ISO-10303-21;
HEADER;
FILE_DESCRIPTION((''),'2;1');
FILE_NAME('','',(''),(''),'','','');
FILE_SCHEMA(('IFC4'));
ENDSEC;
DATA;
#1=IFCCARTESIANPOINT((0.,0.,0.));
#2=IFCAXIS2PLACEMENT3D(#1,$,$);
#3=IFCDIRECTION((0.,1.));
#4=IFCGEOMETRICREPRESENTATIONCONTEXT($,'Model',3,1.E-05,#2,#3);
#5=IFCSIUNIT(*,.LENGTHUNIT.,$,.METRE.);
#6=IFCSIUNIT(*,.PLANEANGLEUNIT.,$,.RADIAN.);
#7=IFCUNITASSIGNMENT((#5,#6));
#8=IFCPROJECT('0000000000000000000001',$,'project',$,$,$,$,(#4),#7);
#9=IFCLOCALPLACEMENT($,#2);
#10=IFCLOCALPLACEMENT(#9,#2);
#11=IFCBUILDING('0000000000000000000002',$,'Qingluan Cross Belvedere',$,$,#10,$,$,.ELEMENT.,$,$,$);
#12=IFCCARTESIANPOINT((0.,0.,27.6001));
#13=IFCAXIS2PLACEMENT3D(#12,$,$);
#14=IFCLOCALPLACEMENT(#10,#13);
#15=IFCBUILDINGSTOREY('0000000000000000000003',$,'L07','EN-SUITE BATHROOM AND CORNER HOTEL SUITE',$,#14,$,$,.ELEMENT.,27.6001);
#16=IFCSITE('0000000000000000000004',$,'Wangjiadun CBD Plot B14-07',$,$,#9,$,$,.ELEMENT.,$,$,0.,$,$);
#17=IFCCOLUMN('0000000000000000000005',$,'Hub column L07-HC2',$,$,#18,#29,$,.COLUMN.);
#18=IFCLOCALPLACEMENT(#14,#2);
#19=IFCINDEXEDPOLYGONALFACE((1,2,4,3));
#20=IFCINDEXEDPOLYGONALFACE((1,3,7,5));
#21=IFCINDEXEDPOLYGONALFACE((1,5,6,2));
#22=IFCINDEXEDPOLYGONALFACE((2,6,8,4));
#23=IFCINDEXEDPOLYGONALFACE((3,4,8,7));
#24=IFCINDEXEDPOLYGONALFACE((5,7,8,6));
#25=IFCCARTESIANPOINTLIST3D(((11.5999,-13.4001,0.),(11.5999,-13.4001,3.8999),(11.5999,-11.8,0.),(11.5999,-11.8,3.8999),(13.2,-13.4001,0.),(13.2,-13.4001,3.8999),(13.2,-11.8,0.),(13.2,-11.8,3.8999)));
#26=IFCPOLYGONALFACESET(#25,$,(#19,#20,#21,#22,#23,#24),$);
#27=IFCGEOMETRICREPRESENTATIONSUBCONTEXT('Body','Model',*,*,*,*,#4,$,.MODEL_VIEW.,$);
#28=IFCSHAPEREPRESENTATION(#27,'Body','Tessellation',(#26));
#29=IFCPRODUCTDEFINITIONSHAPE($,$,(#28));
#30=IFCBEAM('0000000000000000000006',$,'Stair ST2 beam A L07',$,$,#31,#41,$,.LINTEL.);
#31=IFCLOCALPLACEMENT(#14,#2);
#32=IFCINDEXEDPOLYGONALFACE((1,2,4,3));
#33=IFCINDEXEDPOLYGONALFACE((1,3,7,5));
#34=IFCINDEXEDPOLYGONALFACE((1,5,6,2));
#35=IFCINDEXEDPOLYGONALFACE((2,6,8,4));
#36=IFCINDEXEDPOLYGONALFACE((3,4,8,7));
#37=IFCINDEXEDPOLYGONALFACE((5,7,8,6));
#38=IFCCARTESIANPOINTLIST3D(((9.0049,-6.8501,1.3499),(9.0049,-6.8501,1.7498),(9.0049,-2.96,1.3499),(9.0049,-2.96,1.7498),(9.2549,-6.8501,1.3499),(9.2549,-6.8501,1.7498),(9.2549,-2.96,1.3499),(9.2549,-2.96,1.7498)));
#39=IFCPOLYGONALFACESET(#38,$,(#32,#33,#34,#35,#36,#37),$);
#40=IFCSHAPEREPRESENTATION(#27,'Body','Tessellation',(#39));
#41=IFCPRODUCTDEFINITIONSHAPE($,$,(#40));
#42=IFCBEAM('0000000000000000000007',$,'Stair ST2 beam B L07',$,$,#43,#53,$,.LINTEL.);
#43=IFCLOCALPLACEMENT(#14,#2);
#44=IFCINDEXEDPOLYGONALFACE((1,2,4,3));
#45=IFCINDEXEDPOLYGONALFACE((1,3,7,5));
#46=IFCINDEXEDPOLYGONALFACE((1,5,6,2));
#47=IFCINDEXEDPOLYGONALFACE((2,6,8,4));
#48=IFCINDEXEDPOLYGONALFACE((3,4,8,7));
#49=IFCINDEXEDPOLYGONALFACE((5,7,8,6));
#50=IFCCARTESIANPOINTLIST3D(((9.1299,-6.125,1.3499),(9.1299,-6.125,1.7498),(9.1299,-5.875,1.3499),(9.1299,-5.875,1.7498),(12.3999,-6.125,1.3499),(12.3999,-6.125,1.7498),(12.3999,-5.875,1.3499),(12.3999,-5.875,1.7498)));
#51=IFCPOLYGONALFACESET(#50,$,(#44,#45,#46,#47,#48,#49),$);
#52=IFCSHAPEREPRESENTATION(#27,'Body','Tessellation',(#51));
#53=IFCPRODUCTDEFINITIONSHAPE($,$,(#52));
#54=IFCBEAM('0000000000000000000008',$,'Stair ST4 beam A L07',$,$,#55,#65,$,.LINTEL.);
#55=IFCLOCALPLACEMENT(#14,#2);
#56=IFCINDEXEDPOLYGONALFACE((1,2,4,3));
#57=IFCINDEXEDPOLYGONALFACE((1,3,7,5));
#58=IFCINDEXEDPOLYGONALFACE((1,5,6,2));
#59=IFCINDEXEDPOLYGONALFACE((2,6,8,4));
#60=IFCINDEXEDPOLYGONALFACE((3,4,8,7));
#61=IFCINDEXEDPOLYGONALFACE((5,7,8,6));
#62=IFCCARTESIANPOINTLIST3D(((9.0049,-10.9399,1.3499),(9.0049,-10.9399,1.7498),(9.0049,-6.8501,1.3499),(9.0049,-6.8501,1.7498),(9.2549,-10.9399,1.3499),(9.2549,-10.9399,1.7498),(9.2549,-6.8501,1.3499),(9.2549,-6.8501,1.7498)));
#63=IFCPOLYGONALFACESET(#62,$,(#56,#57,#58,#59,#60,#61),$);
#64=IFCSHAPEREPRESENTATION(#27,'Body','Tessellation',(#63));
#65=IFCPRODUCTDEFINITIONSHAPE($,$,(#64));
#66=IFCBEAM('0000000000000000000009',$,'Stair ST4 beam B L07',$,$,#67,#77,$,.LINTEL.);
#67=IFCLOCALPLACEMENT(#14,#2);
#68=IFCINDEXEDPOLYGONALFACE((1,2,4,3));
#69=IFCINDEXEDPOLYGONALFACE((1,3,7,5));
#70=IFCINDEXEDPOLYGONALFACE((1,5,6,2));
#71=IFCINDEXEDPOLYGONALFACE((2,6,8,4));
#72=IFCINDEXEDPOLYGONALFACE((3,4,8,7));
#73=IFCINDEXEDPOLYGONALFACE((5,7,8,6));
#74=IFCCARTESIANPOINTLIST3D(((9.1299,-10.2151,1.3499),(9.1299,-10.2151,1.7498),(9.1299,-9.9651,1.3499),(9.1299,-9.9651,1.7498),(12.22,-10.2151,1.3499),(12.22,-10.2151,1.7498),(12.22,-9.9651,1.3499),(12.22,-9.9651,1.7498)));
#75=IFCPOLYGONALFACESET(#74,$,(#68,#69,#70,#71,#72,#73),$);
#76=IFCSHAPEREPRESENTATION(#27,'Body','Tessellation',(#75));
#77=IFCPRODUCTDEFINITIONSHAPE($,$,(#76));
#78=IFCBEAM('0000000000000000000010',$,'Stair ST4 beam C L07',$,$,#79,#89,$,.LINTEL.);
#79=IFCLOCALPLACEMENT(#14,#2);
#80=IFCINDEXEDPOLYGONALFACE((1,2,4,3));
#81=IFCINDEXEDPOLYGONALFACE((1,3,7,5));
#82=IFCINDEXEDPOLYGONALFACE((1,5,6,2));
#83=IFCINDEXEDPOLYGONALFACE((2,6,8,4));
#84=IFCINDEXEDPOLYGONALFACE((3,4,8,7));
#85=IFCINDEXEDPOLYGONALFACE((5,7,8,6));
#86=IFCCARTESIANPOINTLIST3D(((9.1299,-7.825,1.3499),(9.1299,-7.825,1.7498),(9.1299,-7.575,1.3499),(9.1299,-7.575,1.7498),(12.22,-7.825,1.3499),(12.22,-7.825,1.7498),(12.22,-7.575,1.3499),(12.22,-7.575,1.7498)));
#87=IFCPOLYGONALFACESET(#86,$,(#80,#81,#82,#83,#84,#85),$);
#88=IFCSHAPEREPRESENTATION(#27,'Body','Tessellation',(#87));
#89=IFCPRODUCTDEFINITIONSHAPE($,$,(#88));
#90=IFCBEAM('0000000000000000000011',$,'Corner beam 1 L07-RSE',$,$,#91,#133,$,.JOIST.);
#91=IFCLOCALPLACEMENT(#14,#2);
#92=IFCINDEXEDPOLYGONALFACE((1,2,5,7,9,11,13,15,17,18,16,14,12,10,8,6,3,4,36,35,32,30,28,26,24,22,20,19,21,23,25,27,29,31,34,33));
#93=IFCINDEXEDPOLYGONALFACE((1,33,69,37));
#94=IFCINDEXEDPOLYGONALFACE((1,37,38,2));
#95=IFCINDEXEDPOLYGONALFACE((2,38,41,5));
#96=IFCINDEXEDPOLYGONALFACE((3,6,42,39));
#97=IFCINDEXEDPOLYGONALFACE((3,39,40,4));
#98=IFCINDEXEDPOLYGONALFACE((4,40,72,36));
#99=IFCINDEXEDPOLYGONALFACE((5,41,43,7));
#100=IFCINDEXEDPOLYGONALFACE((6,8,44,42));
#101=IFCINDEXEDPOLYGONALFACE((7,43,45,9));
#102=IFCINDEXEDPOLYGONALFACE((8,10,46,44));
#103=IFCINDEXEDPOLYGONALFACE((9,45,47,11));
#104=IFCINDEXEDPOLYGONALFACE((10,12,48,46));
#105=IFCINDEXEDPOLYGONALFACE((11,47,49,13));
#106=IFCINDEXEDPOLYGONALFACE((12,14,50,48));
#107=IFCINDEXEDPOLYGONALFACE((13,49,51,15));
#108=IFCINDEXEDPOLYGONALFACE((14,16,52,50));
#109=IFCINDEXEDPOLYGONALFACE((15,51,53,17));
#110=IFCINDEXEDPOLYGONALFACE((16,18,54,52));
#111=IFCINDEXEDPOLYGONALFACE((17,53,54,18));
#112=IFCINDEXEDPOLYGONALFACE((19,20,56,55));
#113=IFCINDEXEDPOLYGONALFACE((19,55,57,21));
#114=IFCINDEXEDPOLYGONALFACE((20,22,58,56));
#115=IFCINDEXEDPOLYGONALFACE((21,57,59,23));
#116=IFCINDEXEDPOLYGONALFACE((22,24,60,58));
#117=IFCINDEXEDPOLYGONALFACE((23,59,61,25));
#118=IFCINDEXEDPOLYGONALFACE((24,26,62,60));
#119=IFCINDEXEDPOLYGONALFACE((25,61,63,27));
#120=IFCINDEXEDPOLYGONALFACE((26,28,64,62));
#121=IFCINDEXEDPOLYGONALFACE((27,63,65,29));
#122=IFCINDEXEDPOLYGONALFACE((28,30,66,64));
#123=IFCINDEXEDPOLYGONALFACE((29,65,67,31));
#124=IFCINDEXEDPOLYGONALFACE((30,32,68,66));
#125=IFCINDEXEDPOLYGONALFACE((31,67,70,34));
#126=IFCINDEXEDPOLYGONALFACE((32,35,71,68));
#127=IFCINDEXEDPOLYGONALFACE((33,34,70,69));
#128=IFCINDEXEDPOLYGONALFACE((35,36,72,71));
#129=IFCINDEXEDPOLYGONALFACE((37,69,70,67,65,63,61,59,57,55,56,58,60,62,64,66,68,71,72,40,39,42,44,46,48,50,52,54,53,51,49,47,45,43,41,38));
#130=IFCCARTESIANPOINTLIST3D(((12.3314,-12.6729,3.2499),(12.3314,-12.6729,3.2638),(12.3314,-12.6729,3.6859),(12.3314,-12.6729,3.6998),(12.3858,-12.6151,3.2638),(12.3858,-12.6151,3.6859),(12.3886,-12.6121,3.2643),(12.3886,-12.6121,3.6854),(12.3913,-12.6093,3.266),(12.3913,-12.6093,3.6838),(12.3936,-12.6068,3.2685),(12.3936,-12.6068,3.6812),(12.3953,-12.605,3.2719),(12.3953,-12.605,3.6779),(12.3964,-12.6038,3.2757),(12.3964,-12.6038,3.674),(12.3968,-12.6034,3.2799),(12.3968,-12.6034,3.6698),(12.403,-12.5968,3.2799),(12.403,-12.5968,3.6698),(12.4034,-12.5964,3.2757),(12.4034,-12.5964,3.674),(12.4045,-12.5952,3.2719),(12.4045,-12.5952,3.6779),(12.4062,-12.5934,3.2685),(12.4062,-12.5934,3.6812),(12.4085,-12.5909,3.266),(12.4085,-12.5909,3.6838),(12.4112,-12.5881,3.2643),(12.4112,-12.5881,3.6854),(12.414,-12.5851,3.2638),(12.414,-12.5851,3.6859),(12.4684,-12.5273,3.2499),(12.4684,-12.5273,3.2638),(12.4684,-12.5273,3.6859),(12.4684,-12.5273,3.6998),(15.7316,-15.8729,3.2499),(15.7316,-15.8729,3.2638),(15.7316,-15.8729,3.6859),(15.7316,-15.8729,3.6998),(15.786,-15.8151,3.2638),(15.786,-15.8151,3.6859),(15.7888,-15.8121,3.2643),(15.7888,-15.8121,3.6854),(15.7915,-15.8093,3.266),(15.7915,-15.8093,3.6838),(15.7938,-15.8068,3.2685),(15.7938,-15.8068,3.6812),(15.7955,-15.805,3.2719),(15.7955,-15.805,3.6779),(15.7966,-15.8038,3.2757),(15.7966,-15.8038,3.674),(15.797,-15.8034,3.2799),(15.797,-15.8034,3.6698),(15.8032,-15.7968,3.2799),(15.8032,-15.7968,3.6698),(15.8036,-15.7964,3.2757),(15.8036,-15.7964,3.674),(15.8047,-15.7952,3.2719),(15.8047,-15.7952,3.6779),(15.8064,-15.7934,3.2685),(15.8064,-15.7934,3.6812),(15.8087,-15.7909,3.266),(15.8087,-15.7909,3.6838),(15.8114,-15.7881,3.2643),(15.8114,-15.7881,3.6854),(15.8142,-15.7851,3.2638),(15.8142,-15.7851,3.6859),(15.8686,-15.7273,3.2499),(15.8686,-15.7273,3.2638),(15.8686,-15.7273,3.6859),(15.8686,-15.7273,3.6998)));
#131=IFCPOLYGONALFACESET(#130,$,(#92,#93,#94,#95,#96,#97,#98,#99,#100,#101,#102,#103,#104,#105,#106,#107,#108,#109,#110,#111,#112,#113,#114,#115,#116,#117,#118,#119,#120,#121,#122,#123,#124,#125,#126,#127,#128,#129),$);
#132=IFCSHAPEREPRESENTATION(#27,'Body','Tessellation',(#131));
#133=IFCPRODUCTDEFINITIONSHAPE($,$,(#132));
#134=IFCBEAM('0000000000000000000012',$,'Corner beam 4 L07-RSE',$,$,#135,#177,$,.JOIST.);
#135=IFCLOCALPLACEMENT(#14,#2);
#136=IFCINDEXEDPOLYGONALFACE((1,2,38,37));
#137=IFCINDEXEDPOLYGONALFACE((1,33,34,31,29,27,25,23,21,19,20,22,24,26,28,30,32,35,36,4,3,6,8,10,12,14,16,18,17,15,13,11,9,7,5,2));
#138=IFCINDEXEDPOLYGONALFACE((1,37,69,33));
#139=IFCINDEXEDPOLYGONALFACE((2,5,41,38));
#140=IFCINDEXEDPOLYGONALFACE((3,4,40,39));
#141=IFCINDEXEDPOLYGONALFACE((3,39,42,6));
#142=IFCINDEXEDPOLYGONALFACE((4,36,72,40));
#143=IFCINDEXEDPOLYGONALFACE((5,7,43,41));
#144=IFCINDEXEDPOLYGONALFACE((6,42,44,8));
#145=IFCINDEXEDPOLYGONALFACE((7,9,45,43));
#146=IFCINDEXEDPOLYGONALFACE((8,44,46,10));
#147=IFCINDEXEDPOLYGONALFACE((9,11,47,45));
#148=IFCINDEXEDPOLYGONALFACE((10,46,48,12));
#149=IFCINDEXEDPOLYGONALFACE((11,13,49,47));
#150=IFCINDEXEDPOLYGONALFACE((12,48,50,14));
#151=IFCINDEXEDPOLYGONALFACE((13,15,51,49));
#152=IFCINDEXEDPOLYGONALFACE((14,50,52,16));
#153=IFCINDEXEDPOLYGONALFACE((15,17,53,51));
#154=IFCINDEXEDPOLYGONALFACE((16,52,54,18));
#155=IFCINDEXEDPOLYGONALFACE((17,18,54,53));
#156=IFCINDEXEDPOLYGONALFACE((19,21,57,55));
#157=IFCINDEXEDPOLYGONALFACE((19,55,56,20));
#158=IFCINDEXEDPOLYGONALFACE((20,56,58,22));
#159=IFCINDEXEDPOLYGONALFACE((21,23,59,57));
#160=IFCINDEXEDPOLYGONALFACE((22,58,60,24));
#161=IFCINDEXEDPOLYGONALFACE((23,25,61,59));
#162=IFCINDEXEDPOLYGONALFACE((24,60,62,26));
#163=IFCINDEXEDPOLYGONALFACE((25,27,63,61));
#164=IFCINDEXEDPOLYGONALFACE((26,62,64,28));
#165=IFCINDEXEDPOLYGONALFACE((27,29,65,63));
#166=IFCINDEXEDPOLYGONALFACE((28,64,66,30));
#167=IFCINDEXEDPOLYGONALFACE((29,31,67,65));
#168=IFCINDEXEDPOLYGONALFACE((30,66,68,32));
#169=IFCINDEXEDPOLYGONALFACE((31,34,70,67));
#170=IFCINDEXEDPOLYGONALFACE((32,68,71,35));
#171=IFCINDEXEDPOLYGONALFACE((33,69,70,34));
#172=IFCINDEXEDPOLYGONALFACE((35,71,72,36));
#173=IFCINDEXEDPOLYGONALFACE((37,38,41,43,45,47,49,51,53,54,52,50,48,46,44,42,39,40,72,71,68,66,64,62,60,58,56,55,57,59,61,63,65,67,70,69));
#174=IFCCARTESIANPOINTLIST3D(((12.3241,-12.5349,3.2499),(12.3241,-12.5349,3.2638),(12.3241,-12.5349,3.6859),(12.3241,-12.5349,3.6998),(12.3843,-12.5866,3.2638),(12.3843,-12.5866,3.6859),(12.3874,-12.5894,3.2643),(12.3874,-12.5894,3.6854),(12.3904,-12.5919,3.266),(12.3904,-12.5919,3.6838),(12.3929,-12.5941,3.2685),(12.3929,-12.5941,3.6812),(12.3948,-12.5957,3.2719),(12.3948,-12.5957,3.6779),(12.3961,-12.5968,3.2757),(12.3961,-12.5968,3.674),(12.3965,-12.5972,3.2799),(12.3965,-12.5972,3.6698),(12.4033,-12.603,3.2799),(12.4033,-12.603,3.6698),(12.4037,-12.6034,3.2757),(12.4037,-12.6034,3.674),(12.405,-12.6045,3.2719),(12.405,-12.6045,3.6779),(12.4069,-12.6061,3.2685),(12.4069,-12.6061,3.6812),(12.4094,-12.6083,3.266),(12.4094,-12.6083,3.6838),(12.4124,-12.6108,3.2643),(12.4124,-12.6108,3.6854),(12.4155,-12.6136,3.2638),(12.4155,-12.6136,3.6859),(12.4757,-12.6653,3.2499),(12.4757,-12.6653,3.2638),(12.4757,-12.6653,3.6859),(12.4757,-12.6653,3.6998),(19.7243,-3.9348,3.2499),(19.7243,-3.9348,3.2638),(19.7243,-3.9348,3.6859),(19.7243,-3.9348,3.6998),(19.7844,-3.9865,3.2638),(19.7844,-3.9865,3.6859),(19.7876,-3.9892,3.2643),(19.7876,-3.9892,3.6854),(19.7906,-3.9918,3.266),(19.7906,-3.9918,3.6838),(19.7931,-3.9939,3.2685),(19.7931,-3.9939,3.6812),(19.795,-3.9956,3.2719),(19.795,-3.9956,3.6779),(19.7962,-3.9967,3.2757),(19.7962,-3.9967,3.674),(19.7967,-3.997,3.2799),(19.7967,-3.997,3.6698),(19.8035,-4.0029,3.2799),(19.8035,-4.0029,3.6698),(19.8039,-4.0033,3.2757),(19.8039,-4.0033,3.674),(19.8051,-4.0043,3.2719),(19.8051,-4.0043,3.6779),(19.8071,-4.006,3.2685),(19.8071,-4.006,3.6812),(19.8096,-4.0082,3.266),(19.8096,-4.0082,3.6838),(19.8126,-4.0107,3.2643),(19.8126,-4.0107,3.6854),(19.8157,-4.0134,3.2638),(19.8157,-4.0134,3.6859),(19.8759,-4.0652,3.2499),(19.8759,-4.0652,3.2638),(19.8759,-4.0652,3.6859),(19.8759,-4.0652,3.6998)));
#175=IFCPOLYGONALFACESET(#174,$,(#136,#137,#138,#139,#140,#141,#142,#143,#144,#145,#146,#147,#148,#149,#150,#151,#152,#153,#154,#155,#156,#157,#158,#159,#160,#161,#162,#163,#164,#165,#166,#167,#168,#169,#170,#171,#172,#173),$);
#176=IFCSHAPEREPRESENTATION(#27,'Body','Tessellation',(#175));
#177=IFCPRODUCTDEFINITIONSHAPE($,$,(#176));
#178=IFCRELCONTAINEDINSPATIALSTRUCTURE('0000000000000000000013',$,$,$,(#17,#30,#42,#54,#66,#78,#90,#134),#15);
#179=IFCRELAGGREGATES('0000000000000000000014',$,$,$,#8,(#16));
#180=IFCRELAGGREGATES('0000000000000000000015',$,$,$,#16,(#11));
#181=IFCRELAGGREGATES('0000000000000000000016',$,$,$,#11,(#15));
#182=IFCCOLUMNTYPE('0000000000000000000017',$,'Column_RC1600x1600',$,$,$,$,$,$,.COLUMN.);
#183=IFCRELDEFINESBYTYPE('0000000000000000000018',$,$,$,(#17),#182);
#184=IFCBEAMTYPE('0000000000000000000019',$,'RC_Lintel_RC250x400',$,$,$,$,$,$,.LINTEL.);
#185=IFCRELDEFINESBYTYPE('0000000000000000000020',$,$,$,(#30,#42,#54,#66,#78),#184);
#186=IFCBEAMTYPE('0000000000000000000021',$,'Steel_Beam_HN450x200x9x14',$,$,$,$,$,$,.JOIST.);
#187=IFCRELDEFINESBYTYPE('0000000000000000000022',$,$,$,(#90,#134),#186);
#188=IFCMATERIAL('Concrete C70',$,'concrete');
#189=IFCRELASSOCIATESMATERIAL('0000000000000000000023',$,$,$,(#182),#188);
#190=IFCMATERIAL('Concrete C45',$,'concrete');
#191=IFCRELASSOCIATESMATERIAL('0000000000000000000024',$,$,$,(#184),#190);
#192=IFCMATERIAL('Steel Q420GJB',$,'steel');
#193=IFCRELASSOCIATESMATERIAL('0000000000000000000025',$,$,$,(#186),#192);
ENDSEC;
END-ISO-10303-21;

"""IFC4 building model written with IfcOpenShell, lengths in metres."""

from ifc_helpers import new_model, si_unit, direction, frame, origin, origin_2d, place, context, subcontext, project, spatial, rectangle, i_section, extrude, material, material_profile, profile_set, type_object, element, save


model = new_model("IFC4")

# Units and contexts
model_context = context("Model", 3, precision=1e-05, world=origin(), true_north=direction((0.0, 1.0)))
body_context = subcontext(model_context, "Body", "Model", "MODEL_VIEW")
ifc_project = project(units=[si_unit("LENGTHUNIT", "METRE"), si_unit("PLANEANGLEUNIT", "RADIAN")], contexts=[model_context])

# Site, building, storey
site_placement = place(None, origin())
site = spatial("IfcSite", under=ifc_project, at=site_placement, Name="Wangjiadun CBD Plot B14-07", CompositionType="ELEMENT", RefElevation=0.0)
building_placement = place(site_placement, origin())
building = spatial("IfcBuilding", under=site, at=building_placement, Name="Qingluan Cross Belvedere", CompositionType="ELEMENT")
storey_placement = place(building_placement, frame((0.0, 0.0, 27.6001)))
storey = spatial("IfcBuildingStorey", under=building, at=storey_placement, Name="L07", Description="EN-SUITE BATHROOM AND CORNER HOTEL SUITE", CompositionType="ELEMENT", Elevation=27.6001)

# Column
ifc_material_1 = material(Name="Concrete C70", Category="concrete")
ifc_material_profile_1 = material_profile(ifc_material_1, rectangle(XDim=1.6001, YDim=1.6001, at=origin_2d()), Name="RC1600x1600")
ifc_profile_set_1 = profile_set([ifc_material_profile_1], Name="Concrete C70")
column_type = type_object("IfcColumnType", Name="Column_RC1600x1600", PredefinedType="COLUMN", material=ifc_profile_set_1)
column_placement = place(storey_placement, frame((12.3999, -12.6001, 0.0), z_axis=(0.0, 0.0, 1.0), x_axis=(1.0, 0.0, 0.0)))
element("IfcColumn", 1, at=column_placement, inside=storey, type_object=column_type, Name="Hub column L07-HC2", PredefinedType="COLUMN", context=body_context, shape_type="SweptSolid", body=[
    extrude(rectangle(XDim=1.6001, YDim=1.6001, at=origin_2d()), origin(), (0.0, 0.0, 1.0), 3.8999),
])

# Beams
ifc_material_2 = material(Name="Concrete C45", Category="concrete")
ifc_material_profile_2 = material_profile(ifc_material_2, rectangle(XDim=0.25, YDim=0.3999, at=origin_2d()), Name="RC250x400")
ifc_profile_set_2 = profile_set([ifc_material_profile_2], Name="Concrete C45")
beam_type_1 = type_object("IfcBeamType", Name="RC_Lintel_RC250x400", PredefinedType="LINTEL", material=ifc_profile_set_2)
beam_1_placement = place(storey_placement, frame((9.1299, -6.8501, 1.5498), z_axis=(0.0, 1.0, 0.0), x_axis=(-1.0, 0.0, 0.0)))
element("IfcBeam", 2, at=beam_1_placement, inside=storey, type_object=beam_type_1, Name="Stair ST2 beam A L07", PredefinedType="LINTEL", context=body_context, shape_type="SweptSolid", body=[
    extrude(rectangle(XDim=0.25, YDim=0.3999, at=origin_2d()), origin(), (0.0, 0.0, 1.0), 3.8901),
])
beam_2_placement = place(storey_placement, frame((12.3999, -6.0, 1.5498), z_axis=(-1.0, 0.0, 0.0), x_axis=(0.0, -1.0, 0.0)))
element("IfcBeam", 3, at=beam_2_placement, inside=storey, type_object=beam_type_1, Name="Stair ST2 beam B L07", PredefinedType="LINTEL", context=body_context, shape_type="SweptSolid", body=[
    extrude(rectangle(XDim=0.25, YDim=0.3999, at=origin_2d()), origin(), (0.0, 0.0, 1.0), 3.27),
])
beam_3_placement = place(storey_placement, frame((9.1299, -10.9399, 1.5498), z_axis=(0.0, 1.0, 0.0), x_axis=(-1.0, 0.0, 0.0)))
element("IfcBeam", 4, at=beam_3_placement, inside=storey, type_object=beam_type_1, Name="Stair ST4 beam A L07", PredefinedType="LINTEL", context=body_context, shape_type="SweptSolid", body=[
    extrude(rectangle(XDim=0.25, YDim=0.3999, at=origin_2d()), origin(), (0.0, 0.0, 1.0), 4.0898),
])
for number, where, z_axis, x_axis, name in (
    (5, (12.22, -10.0901, 1.5498), (-1.0, 0.0, 0.0), (0.0, -1.0, 0.0), "Stair ST4 beam B L07"),
    (6, (12.22, -7.7, 1.5498), (-1.0, 0.0, 0.0), (0.0, -1.0, 0.0), "Stair ST4 beam C L07"),
):
    element("IfcBeam", number, at=place(storey_placement, frame(where, z_axis=z_axis, x_axis=x_axis)), inside=storey, type_object=beam_type_1, Name=name, PredefinedType="LINTEL", context=body_context, shape_type="SweptSolid", body=[
        extrude(rectangle(XDim=0.25, YDim=0.3999, at=origin_2d()), origin(), (0.0, 0.0, 1.0), 3.0901),
    ])
ifc_material_3 = material(Name="Steel Q420GJB", Category="steel")
ifc_material_profile_3 = material_profile(ifc_material_3, i_section(OverallWidth=0.2, OverallDepth=0.45, WebThickness=0.009, FlangeThickness=0.0139, FilletRadius=0.0161, at=origin_2d()), Name="HN450x200x9x14")
ifc_profile_set_3 = profile_set([ifc_material_profile_3], Name="Steel Q420GJB")
beam_type_2 = type_object("IfcBeamType", Name="Steel_Beam_HN450x200x9x14", PredefinedType="JOIST", material=ifc_profile_set_3)
beam_4_placement = place(storey_placement, frame((12.3999, -12.6001, 3.4749), z_axis=(0.72822, -0.685343, 0.0), x_axis=(0.685343, 0.72822, 0.0)))
element("IfcBeam", 7, at=beam_4_placement, inside=storey, type_object=beam_type_2, Name="Corner beam 1 L07-RSE", PredefinedType="JOIST", context=body_context, shape_type="SweptSolid", body=[
    extrude(i_section(OverallWidth=0.2, OverallDepth=0.45, WebThickness=0.009, FlangeThickness=0.0139, FilletRadius=0.0161, at=origin_2d()), origin(), (0.0, 0.0, 1.0), 4.6692),
])
beam_5_placement = place(storey_placement, frame((12.3999, -12.6001, 3.4749), z_axis=(0.652245, 0.758008, 0.0), x_axis=(-0.758008, 0.652245, 0.0)))
element("IfcBeam", 8, at=beam_5_placement, inside=storey, type_object=beam_type_2, Name="Corner beam 4 L07-RSE", PredefinedType="JOIST", context=body_context, shape_type="SweptSolid", body=[
    extrude(i_section(OverallWidth=0.2, OverallDepth=0.45, WebThickness=0.009, FlangeThickness=0.0139, FilletRadius=0.0161, at=origin_2d()), origin(), (0.0, 0.0, 1.0), 11.3457),
])

save(model, "model.ifc")
